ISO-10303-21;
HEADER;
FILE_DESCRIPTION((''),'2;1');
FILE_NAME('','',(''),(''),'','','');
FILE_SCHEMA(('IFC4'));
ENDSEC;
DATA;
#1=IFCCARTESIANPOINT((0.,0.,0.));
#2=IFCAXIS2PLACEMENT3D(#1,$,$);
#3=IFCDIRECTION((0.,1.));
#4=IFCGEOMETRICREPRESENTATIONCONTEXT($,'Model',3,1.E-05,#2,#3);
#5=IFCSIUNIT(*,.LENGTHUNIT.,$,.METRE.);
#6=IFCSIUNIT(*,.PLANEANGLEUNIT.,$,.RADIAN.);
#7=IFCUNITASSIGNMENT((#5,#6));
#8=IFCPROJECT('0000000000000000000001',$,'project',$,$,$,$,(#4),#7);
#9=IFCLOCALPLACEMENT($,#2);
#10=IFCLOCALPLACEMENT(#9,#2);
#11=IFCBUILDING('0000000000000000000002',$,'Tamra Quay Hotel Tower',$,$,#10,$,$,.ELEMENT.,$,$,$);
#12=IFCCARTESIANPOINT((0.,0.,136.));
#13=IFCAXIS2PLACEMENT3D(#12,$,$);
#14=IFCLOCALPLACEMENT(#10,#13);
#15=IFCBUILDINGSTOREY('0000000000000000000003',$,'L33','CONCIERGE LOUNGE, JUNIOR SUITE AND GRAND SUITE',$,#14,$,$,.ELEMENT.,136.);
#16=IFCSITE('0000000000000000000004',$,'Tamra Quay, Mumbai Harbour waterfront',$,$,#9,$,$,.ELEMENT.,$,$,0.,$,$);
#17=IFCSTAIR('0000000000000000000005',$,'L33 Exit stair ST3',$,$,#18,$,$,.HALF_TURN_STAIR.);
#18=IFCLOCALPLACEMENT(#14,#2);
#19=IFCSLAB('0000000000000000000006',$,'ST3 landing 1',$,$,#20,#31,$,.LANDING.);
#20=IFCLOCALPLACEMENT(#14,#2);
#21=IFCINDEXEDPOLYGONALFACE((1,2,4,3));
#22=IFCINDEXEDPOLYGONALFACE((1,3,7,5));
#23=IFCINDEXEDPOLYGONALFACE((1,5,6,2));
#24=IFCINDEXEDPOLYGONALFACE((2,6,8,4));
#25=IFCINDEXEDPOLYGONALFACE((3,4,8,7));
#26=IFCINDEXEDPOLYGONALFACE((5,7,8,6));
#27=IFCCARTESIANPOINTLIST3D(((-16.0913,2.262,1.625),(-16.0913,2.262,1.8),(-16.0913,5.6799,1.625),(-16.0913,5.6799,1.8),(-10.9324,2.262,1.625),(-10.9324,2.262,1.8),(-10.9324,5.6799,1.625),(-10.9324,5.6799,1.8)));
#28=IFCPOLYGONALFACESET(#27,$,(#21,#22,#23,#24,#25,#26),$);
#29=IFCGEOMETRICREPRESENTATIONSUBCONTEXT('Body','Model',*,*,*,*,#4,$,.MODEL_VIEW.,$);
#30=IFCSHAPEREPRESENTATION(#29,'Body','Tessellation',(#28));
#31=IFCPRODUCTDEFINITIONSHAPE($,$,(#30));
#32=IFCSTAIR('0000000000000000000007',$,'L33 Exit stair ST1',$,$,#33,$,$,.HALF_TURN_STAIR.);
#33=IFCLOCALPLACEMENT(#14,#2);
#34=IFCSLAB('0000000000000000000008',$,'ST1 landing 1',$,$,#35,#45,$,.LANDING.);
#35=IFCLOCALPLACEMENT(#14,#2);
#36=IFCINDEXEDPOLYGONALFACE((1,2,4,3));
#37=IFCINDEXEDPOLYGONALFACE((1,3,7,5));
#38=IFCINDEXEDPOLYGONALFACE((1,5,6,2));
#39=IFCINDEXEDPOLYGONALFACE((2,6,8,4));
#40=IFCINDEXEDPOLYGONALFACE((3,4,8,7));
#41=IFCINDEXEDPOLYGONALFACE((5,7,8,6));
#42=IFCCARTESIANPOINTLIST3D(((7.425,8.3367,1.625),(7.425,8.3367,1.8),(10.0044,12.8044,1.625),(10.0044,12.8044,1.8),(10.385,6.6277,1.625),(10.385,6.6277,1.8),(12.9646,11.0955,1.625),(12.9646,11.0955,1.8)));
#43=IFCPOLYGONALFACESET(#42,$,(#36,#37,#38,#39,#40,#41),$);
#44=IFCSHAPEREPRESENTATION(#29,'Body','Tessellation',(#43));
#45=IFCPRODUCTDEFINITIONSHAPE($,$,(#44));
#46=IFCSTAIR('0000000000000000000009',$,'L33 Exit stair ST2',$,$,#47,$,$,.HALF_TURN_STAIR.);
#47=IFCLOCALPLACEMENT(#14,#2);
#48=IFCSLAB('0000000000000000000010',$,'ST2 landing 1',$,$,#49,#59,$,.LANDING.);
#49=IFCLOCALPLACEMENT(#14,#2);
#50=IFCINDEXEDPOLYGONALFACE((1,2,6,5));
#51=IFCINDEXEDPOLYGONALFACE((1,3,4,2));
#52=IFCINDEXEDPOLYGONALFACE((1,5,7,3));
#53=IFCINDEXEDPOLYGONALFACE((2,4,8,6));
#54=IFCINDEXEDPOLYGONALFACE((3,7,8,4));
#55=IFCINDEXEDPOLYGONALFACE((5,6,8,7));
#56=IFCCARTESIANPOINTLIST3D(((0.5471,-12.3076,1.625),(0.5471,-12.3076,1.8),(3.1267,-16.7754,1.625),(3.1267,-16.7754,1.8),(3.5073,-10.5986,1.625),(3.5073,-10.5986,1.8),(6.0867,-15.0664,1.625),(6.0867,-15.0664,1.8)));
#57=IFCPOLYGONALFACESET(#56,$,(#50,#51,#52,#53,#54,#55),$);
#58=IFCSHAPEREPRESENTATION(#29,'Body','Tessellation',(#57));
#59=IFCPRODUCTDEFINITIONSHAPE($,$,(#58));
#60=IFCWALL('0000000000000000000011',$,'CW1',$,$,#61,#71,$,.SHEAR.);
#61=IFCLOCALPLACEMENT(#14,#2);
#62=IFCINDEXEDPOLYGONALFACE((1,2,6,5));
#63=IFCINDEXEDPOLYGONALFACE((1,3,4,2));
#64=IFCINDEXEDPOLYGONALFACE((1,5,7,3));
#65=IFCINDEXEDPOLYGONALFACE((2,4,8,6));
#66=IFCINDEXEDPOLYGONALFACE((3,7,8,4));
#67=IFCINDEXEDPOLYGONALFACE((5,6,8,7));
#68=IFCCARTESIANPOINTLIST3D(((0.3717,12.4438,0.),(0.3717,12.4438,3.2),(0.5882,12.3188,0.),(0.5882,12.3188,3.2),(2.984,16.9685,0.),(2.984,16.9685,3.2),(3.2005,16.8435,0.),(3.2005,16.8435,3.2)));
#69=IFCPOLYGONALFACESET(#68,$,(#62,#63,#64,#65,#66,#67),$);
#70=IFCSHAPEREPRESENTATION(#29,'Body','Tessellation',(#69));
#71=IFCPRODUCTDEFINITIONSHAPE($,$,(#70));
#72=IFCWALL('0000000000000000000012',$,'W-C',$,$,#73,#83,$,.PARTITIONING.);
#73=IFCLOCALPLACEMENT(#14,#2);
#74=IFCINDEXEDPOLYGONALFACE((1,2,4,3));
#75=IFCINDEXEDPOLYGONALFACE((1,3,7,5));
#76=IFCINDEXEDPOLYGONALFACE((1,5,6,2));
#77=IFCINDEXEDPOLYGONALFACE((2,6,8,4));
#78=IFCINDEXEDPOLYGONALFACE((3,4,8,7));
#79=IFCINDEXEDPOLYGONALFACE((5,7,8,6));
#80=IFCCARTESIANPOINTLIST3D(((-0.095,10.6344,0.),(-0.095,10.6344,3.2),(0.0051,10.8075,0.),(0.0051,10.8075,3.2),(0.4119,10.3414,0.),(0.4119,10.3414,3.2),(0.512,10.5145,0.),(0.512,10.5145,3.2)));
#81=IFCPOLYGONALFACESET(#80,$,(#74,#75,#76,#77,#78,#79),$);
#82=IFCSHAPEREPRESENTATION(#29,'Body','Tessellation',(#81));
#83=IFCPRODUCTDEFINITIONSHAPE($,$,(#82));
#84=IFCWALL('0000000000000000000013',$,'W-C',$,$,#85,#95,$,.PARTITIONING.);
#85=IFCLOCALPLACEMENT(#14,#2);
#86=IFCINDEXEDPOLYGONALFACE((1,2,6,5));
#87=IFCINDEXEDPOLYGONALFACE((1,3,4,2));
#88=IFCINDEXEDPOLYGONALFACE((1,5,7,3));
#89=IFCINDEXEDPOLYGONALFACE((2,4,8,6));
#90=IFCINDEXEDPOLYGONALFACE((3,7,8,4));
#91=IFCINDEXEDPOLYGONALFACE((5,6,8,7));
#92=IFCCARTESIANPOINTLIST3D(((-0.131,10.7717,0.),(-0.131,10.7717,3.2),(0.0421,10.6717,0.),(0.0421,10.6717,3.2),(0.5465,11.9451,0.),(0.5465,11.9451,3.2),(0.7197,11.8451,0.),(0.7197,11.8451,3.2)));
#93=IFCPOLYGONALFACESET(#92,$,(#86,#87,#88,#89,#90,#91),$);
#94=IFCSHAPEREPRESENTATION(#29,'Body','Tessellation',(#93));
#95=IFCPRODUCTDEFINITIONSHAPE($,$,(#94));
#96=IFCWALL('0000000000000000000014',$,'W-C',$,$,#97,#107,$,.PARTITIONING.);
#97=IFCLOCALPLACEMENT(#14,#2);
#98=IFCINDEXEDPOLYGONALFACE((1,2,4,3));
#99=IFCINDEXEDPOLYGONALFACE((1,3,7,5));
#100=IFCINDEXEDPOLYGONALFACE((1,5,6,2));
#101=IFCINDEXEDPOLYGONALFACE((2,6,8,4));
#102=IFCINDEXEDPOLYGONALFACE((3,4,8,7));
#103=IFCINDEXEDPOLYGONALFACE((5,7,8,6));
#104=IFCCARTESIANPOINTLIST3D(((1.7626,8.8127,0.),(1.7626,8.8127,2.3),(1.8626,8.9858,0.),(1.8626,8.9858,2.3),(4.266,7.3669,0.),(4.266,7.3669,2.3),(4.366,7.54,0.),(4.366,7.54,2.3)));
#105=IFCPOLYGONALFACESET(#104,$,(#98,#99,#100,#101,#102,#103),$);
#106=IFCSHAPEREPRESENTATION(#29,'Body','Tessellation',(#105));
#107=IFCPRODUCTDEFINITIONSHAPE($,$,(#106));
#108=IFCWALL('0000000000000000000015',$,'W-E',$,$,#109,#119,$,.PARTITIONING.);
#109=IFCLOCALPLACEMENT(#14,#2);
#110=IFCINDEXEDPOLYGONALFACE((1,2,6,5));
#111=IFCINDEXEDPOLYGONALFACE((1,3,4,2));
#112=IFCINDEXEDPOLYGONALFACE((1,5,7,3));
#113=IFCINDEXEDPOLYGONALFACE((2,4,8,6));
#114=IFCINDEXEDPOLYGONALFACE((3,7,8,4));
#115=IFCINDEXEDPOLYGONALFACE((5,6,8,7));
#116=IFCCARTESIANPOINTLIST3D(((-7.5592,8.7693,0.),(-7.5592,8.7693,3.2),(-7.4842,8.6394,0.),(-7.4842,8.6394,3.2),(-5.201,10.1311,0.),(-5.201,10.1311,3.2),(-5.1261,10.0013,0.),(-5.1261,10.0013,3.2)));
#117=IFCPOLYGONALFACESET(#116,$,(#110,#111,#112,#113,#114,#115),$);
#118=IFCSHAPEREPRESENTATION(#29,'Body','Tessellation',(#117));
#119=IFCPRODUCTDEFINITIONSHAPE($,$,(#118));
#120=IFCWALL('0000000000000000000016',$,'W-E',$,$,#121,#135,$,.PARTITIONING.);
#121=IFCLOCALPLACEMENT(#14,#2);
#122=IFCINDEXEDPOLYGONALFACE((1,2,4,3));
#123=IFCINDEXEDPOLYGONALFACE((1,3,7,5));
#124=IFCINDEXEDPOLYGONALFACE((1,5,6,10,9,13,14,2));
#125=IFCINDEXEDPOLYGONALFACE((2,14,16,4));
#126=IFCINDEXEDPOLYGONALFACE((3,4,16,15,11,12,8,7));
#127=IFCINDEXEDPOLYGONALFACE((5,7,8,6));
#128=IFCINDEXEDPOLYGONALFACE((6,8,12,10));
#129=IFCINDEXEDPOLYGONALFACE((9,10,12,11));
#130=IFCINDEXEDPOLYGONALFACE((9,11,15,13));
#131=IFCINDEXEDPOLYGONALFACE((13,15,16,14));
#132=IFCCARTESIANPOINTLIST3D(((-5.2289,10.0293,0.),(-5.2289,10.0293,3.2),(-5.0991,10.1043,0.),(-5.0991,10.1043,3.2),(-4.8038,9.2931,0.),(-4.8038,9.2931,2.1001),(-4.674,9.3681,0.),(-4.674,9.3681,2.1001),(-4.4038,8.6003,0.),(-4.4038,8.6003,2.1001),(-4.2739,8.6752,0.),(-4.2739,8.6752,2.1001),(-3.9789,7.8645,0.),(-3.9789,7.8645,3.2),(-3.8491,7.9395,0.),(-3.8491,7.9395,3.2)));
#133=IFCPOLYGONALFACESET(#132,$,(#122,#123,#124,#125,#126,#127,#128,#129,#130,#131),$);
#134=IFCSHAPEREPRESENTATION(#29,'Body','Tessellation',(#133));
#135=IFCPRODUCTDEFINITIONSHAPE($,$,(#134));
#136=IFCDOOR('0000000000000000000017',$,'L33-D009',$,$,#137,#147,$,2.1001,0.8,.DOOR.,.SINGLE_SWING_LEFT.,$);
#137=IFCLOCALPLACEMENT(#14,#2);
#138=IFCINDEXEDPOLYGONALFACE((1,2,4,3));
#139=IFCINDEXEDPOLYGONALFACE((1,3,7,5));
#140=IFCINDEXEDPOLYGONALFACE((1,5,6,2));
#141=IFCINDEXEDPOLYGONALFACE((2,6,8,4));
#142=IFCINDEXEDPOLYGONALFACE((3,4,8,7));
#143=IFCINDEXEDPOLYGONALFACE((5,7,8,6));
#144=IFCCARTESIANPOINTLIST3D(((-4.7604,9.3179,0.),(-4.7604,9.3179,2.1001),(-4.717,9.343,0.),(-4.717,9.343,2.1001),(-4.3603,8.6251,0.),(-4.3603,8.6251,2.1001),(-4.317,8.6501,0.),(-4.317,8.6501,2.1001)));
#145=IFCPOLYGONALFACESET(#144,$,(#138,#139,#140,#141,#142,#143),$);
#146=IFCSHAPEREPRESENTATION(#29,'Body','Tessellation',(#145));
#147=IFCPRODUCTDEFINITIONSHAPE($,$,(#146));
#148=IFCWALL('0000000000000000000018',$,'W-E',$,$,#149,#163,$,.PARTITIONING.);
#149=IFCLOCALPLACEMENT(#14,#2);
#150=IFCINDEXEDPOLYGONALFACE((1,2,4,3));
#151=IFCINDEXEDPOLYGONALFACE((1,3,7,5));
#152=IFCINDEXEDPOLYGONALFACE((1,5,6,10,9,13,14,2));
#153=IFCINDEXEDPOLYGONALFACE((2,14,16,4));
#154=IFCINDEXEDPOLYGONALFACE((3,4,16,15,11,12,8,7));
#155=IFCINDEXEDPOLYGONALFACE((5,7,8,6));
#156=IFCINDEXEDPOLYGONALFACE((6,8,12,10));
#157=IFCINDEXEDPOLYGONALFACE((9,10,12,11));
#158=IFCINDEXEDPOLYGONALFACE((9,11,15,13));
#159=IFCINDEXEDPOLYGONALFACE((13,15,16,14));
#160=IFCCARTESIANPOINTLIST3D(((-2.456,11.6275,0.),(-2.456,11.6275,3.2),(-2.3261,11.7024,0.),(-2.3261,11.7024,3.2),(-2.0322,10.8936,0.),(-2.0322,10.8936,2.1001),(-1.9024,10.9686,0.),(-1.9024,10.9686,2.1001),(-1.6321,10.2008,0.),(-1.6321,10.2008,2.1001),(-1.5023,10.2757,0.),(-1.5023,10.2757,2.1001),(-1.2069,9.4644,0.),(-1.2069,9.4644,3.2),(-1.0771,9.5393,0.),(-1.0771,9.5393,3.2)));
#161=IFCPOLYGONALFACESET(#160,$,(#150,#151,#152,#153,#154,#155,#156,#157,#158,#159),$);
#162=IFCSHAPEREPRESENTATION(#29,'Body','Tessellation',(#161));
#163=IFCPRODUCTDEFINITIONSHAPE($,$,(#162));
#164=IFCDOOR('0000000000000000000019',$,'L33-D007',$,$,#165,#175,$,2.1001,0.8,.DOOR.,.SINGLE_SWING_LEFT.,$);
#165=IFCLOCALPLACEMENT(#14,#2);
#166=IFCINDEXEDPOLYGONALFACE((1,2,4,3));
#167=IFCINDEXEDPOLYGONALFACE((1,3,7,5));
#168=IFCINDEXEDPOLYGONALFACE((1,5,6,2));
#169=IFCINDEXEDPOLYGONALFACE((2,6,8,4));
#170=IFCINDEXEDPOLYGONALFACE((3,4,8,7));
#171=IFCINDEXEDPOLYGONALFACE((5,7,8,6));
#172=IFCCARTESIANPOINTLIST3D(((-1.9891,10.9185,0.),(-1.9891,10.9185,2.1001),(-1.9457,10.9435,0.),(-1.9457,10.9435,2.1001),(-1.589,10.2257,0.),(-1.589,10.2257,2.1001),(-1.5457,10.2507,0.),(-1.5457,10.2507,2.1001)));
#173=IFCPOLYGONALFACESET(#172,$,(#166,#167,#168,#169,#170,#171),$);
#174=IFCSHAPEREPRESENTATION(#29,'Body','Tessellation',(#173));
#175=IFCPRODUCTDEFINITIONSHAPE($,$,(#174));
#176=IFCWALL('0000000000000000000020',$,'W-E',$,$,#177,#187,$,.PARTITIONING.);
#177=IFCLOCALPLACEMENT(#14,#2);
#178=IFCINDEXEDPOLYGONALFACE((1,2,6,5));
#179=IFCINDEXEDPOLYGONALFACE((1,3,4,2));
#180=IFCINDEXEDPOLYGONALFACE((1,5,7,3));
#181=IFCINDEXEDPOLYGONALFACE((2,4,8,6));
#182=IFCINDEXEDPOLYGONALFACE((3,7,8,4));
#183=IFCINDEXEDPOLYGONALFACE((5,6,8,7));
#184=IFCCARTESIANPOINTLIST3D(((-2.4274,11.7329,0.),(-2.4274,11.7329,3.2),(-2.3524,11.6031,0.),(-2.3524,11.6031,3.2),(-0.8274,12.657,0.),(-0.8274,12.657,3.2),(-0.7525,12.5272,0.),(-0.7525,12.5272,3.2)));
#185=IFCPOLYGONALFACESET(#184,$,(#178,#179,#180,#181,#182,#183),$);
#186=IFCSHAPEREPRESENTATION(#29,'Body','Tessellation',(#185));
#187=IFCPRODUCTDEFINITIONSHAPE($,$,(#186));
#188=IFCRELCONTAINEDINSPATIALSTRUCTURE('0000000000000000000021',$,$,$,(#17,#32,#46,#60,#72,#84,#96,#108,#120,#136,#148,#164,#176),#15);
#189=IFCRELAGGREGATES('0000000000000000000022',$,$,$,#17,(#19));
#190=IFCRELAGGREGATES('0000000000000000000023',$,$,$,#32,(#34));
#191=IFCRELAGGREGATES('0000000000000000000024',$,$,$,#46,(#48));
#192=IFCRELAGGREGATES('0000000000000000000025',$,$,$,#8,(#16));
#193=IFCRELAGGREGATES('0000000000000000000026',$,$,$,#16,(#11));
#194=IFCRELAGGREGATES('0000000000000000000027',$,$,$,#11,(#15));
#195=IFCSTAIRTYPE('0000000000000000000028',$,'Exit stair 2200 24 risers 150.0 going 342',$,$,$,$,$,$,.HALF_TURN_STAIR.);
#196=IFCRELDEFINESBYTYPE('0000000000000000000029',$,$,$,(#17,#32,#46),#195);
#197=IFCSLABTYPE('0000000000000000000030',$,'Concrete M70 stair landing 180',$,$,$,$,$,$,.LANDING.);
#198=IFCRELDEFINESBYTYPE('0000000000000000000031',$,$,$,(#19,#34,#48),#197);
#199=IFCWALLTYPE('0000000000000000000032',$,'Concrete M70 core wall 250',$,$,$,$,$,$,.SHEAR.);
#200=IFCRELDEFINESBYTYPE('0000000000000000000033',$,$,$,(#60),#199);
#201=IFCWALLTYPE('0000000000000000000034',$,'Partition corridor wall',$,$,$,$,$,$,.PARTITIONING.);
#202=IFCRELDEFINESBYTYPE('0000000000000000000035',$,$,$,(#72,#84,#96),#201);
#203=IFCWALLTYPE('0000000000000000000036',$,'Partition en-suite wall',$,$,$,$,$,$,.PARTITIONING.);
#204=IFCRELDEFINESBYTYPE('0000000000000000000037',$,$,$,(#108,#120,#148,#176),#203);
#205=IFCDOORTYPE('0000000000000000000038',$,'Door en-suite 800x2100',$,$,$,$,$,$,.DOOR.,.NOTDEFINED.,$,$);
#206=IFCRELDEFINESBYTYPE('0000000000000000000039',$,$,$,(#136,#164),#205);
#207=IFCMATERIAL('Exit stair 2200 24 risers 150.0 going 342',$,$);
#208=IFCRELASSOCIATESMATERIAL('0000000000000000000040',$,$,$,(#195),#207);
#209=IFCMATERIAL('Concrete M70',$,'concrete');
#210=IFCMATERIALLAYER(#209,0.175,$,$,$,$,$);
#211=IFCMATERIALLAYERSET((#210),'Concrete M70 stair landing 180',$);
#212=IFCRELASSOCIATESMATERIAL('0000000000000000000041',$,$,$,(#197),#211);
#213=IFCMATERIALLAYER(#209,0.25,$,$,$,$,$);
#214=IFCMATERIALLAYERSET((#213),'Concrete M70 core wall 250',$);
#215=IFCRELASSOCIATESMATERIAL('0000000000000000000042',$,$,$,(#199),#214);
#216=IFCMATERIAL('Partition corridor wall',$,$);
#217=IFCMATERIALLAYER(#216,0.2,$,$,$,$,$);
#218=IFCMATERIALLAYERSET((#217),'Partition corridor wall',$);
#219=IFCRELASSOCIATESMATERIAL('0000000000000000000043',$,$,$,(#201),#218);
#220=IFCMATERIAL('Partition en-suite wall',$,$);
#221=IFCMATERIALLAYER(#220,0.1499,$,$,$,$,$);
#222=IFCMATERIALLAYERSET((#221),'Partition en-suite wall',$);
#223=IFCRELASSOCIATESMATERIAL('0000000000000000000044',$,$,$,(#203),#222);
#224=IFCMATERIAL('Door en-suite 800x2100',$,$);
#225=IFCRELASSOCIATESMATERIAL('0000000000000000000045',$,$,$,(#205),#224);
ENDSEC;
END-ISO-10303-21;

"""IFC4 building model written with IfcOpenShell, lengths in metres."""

from ifc_helpers import new_model, si_unit, direction, frame, frame_2d, origin, place, context, subcontext, project, spatial, polyline, rectangle, outline, extrude, material, layer, layer_set, type_object, element, fill, aggregate, save


model = new_model("IFC4")

# Units and contexts
model_context = context("Model", 3, precision=1e-05, world=origin(), true_north=direction((0.0, 1.0)))
body_context = subcontext(model_context, "Body", "Model", "MODEL_VIEW")
ifc_project = project(units=[si_unit("LENGTHUNIT", "METRE"), si_unit("PLANEANGLEUNIT", "RADIAN")], contexts=[model_context])

# Site, building, storey
site_placement = place(None, origin())
site = spatial("IfcSite", under=ifc_project, at=site_placement, Name="Tamra Quay, Mumbai Harbour waterfront", CompositionType="ELEMENT", RefElevation=0.0)
building_placement = place(site_placement, origin())
building = spatial("IfcBuilding", under=site, at=building_placement, Name="Tamra Quay Hotel Tower", CompositionType="ELEMENT")
storey_placement = place(building_placement, frame((0.0, 0.0, 136.0)))
storey = spatial("IfcBuildingStorey", under=building, at=storey_placement, Name="L33", Description="CONCIERGE LOUNGE, JUNIOR SUITE AND GRAND SUITE", CompositionType="ELEMENT", Elevation=136.0)

# Stairs, slabs
ifc_material_1 = material(Name="Exit stair 2200 24 risers 150.0 going 342")
stair_type = type_object("IfcStairType", Name="Exit stair 2200 24 risers 150.0 going 342", PredefinedType="HALF_TURN_STAIR", material=ifc_material_1)
stair_1_placement = place(storey_placement, origin())
stair_1 = element("IfcStair", 1, at=stair_1_placement, inside=storey, type_object=stair_type, Name="L33 Exit stair ST3", PredefinedType="HALF_TURN_STAIR")
ifc_material_2 = material(Name="Concrete M70", Category="concrete")
ifc_layer_1 = layer(ifc_material_2, 0.175)
ifc_layer_set_1 = layer_set([ifc_layer_1], Name="Concrete M70 stair landing 180")
slab_type = type_object("IfcSlabType", Name="Concrete M70 stair landing 180", PredefinedType="LANDING", material=ifc_layer_set_1)
slab_1_placement = place(storey_placement, frame((0.0, 0.0, 1.625)))
slab_1 = element("IfcSlab", 2, at=slab_1_placement, type_object=slab_type, Name="ST3 landing 1", PredefinedType="LANDING", context=body_context, shape_type="SweptSolid", body=[
    extrude(outline(polyline([(-10.9324, 2.262), (-10.9324, 5.6799), (-16.0913, 5.6799), (-16.0913, 2.262), (-10.9324, 2.262)])), origin(), (0.0, 0.0, 1.0), 0.175),
])
aggregate(stair_1, [slab_1])
stair_2_placement = place(storey_placement, origin())
stair_2 = element("IfcStair", 3, at=stair_2_placement, inside=storey, type_object=stair_type, Name="L33 Exit stair ST1", PredefinedType="HALF_TURN_STAIR")
slab_2_placement = place(storey_placement, frame((0.0, 0.0, 1.625)))
slab_2 = element("IfcSlab", 4, at=slab_2_placement, type_object=slab_type, Name="ST1 landing 1", PredefinedType="LANDING", context=body_context, shape_type="SweptSolid", body=[
    extrude(outline(polyline([(7.425, 8.3367), (10.385, 6.6277), (12.9646, 11.0955), (10.0044, 12.8044), (7.425, 8.3367)])), origin(), (0.0, 0.0, 1.0), 0.175),
])
aggregate(stair_2, [slab_2])
stair_3_placement = place(storey_placement, origin())
stair_3 = element("IfcStair", 5, at=stair_3_placement, inside=storey, type_object=stair_type, Name="L33 Exit stair ST2", PredefinedType="HALF_TURN_STAIR")
slab_3_placement = place(storey_placement, frame((0.0, 0.0, 1.625)))
slab_3 = element("IfcSlab", 6, at=slab_3_placement, type_object=slab_type, Name="ST2 landing 1", PredefinedType="LANDING", context=body_context, shape_type="SweptSolid", body=[
    extrude(outline(polyline([(3.5073, -10.5986), (0.5471, -12.3076), (3.1267, -16.7754), (6.0867, -15.0664), (3.5073, -10.5986)])), origin(), (0.0, 0.0, 1.0), 0.175),
])
aggregate(stair_3, [slab_3])

# Walls
ifc_layer_2 = layer(ifc_material_2, 0.25)
ifc_layer_set_2 = layer_set([ifc_layer_2], Name="Concrete M70 core wall 250")
wall_type_1 = type_object("IfcWallType", Name="Concrete M70 core wall 250", PredefinedType="SHEAR", material=ifc_layer_set_2)
wall_1_placement = place(storey_placement, frame((0.48, 12.3813, 0.0), z_axis=(0.0, 0.0, 1.0), x_axis=(0.499999, 0.866026, 0.0)))
element("IfcWall", 7, at=wall_1_placement, inside=storey, type_object=wall_type_1, Name="CW1", PredefinedType="SHEAR", context=body_context, shape_type="SweptSolid", body=[
    extrude(rectangle(XDim=5.2246, YDim=0.25, at=frame_2d((2.6123, 0.0))), origin(), (0.0, 0.0, 1.0), 3.2),
])
ifc_material_3 = material(Name="Partition corridor wall")
ifc_layer_3 = layer(ifc_material_3, 0.2)
ifc_layer_set_3 = layer_set([ifc_layer_3], Name="Partition corridor wall")
wall_type_2 = type_object("IfcWallType", Name="Partition corridor wall", PredefinedType="PARTITIONING", material=ifc_layer_set_3)
wall_2_placement = place(storey_placement, frame((-0.0449, 10.7209, 0.0), z_axis=(0.0, 0.0, 1.0), x_axis=(0.865769, -0.500444, 0.0)))
element("IfcWall", 8, at=wall_2_placement, inside=storey, type_object=wall_type_2, Name="W-C", PredefinedType="PARTITIONING", context=body_context, shape_type="SweptSolid", body=[
    extrude(rectangle(XDim=0.5854, YDim=0.2, at=frame_2d((0.2927, 0.0))), origin(), (0.0, 0.0, 1.0), 3.2),
])
wall_3_placement = place(storey_placement, frame((-0.0444, 10.7217, 0.0), z_axis=(0.0, 0.0, 1.0), x_axis=(0.500034, 0.866006, 0.0)))
element("IfcWall", 9, at=wall_3_placement, inside=storey, type_object=wall_type_2, Name="W-C", PredefinedType="PARTITIONING", context=body_context, shape_type="SweptSolid", body=[
    extrude(rectangle(XDim=1.355, YDim=0.2, at=frame_2d((0.6775, 0.0))), origin(), (0.0, 0.0, 1.0), 3.2),
])
wall_4_placement = place(storey_placement, frame((1.8127, 8.8992, 0.0), z_axis=(0.0, 0.0, 1.0), x_axis=(0.865958, -0.500117, 0.0)))
element("IfcWall", 10, at=wall_4_placement, inside=storey, type_object=wall_type_2, Name="W-C", PredefinedType="PARTITIONING", context=body_context, shape_type="SweptSolid", body=[
    extrude(rectangle(XDim=2.8909, YDim=0.2, at=frame_2d((1.4453, 0.0))), origin(), (0.0, 0.0, 1.0), 2.3),
])
ifc_material_4 = material(Name="Partition en-suite wall")
ifc_layer_4 = layer(ifc_material_4, 0.1499)
ifc_layer_set_4 = layer_set([ifc_layer_4], Name="Partition en-suite wall")
wall_type_3 = type_object("IfcWallType", Name="Partition en-suite wall", PredefinedType="PARTITIONING", material=ifc_layer_set_4)
wall_5_placement = place(storey_placement, frame((-7.5217, 8.7043, 0.0), z_axis=(0.0, 0.0, 1.0), x_axis=(0.865972, 0.500092, 0.0)))
element("IfcWall", 11, at=wall_5_placement, inside=storey, type_object=wall_type_3, Name="W-E", PredefinedType="PARTITIONING", context=body_context, shape_type="SweptSolid", body=[
    extrude(rectangle(XDim=2.7231, YDim=0.1499, at=frame_2d((1.3616, 0.0))), origin(), (0.0, 0.0, 1.0), 3.2),
])

# Walls, openings, doors
wall_6_placement = place(storey_placement, frame((-5.1641, 10.0669, 0.0), z_axis=(0.0, 0.0, 1.0), x_axis=(0.500047, -0.865999, 0.0)))
wall_6 = element("IfcWall", 12, at=wall_6_placement, inside=storey, type_object=wall_type_3, Name="W-E", PredefinedType="PARTITIONING", context=body_context, shape_type="SweptSolid", body=[
    extrude(rectangle(XDim=2.4998, YDim=0.1499, at=frame_2d((1.25, 0.0))), origin(), (0.0, 0.0, 1.0), 3.2),
])
opening_1_placement = place(wall_6_placement, frame((0.8503, 0.0, 0.0)))
opening_1 = element("IfcOpeningElement", 13, at=opening_1_placement, cuts=wall_6, PredefinedType="OPENING", context=body_context, shape_type="SweptSolid", body=[
    extrude(rectangle(XDim=0.8, YDim=2.1001, at=frame_2d((0.3999, 1.05))), frame((0.0, 0.085, 0.0), z_axis=(0.0, -1.0, 0.0), x_axis=(1.0, 0.0, 0.0)), (0.0, 0.0, 1.0), 0.1699),
])
ifc_material_5 = material(Name="Door en-suite 800x2100")
door_type = type_object("IfcDoorType", Name="Door en-suite 800x2100", OperationType="NOTDEFINED", PredefinedType="DOOR", material=ifc_material_5)
door_1_placement = place(opening_1_placement, frame((0.8, 0.0, 0.0), z_axis=(0.0, 0.0, 1.0), x_axis=(-1.0, 0.0, 0.0)))
door_1 = element("IfcDoor", 14, at=door_1_placement, inside=storey, type_object=door_type, Name="L33-D009", OperationType="SINGLE_SWING_LEFT", OverallHeight=2.1001, OverallWidth=0.8, PredefinedType="DOOR", context=body_context, shape_type="SweptSolid", body=[
    extrude(rectangle(XDim=0.8, YDim=2.1001, at=frame_2d((0.3999, 1.05))), frame((0.0, 0.0249, 0.0), z_axis=(0.0, -1.0, 0.0), x_axis=(1.0, 0.0, 0.0)), (0.0, 0.0, 1.0), 0.05),
])
fill(opening_1, door_1)
wall_7_placement = place(storey_placement, frame((-2.3911, 11.665, 0.0), z_axis=(0.0, 0.0, 1.0), x_axis=(0.50005, -0.865997, 0.0)))
wall_7 = element("IfcWall", 15, at=wall_7_placement, inside=storey, type_object=wall_type_3, Name="W-E", PredefinedType="PARTITIONING", context=body_context, shape_type="SweptSolid", body=[
    extrude(rectangle(XDim=2.4978, YDim=0.1499, at=frame_2d((1.249, 0.0))), origin(), (0.0, 0.0, 1.0), 3.2),
])
opening_2_placement = place(wall_7_placement, frame((0.8477, 0.0, 0.0)))
opening_2 = element("IfcOpeningElement", 16, at=opening_2_placement, cuts=wall_7, PredefinedType="OPENING", context=body_context, shape_type="SweptSolid", body=[
    extrude(rectangle(XDim=0.8, YDim=2.1001, at=frame_2d((0.3999, 1.05))), frame((0.0, 0.085, 0.0), z_axis=(0.0, -1.0, 0.0), x_axis=(1.0, 0.0, 0.0)), (0.0, 0.0, 1.0), 0.1699),
])
door_2_placement = place(opening_2_placement, origin())
door_2 = element("IfcDoor", 17, at=door_2_placement, inside=storey, type_object=door_type, Name="L33-D007", OperationType="SINGLE_SWING_LEFT", OverallHeight=2.1001, OverallWidth=0.8, PredefinedType="DOOR", context=body_context, shape_type="SweptSolid", body=[
    extrude(rectangle(XDim=0.8, YDim=2.1001, at=frame_2d((0.3999, 1.05))), frame((0.0, 0.0249, 0.0), z_axis=(0.0, -1.0, 0.0), x_axis=(1.0, 0.0, 0.0)), (0.0, 0.0, 1.0), 0.05),
])
fill(opening_2, door_2)

# Wall
wall_8_placement = place(storey_placement, frame((-2.3899, 11.668, 0.0), z_axis=(0.0, 0.0, 1.0), x_axis=(0.865932, 0.500161, 0.0)))
element("IfcWall", 18, at=wall_8_placement, inside=storey, type_object=wall_type_3, Name="W-E", PredefinedType="PARTITIONING", context=body_context, shape_type="SweptSolid", body=[
    extrude(rectangle(XDim=1.8477, YDim=0.1499, at=frame_2d((0.9238, 0.0))), origin(), (0.0, 0.0, 1.0), 3.2),
])

save(model, "model.ifc")
